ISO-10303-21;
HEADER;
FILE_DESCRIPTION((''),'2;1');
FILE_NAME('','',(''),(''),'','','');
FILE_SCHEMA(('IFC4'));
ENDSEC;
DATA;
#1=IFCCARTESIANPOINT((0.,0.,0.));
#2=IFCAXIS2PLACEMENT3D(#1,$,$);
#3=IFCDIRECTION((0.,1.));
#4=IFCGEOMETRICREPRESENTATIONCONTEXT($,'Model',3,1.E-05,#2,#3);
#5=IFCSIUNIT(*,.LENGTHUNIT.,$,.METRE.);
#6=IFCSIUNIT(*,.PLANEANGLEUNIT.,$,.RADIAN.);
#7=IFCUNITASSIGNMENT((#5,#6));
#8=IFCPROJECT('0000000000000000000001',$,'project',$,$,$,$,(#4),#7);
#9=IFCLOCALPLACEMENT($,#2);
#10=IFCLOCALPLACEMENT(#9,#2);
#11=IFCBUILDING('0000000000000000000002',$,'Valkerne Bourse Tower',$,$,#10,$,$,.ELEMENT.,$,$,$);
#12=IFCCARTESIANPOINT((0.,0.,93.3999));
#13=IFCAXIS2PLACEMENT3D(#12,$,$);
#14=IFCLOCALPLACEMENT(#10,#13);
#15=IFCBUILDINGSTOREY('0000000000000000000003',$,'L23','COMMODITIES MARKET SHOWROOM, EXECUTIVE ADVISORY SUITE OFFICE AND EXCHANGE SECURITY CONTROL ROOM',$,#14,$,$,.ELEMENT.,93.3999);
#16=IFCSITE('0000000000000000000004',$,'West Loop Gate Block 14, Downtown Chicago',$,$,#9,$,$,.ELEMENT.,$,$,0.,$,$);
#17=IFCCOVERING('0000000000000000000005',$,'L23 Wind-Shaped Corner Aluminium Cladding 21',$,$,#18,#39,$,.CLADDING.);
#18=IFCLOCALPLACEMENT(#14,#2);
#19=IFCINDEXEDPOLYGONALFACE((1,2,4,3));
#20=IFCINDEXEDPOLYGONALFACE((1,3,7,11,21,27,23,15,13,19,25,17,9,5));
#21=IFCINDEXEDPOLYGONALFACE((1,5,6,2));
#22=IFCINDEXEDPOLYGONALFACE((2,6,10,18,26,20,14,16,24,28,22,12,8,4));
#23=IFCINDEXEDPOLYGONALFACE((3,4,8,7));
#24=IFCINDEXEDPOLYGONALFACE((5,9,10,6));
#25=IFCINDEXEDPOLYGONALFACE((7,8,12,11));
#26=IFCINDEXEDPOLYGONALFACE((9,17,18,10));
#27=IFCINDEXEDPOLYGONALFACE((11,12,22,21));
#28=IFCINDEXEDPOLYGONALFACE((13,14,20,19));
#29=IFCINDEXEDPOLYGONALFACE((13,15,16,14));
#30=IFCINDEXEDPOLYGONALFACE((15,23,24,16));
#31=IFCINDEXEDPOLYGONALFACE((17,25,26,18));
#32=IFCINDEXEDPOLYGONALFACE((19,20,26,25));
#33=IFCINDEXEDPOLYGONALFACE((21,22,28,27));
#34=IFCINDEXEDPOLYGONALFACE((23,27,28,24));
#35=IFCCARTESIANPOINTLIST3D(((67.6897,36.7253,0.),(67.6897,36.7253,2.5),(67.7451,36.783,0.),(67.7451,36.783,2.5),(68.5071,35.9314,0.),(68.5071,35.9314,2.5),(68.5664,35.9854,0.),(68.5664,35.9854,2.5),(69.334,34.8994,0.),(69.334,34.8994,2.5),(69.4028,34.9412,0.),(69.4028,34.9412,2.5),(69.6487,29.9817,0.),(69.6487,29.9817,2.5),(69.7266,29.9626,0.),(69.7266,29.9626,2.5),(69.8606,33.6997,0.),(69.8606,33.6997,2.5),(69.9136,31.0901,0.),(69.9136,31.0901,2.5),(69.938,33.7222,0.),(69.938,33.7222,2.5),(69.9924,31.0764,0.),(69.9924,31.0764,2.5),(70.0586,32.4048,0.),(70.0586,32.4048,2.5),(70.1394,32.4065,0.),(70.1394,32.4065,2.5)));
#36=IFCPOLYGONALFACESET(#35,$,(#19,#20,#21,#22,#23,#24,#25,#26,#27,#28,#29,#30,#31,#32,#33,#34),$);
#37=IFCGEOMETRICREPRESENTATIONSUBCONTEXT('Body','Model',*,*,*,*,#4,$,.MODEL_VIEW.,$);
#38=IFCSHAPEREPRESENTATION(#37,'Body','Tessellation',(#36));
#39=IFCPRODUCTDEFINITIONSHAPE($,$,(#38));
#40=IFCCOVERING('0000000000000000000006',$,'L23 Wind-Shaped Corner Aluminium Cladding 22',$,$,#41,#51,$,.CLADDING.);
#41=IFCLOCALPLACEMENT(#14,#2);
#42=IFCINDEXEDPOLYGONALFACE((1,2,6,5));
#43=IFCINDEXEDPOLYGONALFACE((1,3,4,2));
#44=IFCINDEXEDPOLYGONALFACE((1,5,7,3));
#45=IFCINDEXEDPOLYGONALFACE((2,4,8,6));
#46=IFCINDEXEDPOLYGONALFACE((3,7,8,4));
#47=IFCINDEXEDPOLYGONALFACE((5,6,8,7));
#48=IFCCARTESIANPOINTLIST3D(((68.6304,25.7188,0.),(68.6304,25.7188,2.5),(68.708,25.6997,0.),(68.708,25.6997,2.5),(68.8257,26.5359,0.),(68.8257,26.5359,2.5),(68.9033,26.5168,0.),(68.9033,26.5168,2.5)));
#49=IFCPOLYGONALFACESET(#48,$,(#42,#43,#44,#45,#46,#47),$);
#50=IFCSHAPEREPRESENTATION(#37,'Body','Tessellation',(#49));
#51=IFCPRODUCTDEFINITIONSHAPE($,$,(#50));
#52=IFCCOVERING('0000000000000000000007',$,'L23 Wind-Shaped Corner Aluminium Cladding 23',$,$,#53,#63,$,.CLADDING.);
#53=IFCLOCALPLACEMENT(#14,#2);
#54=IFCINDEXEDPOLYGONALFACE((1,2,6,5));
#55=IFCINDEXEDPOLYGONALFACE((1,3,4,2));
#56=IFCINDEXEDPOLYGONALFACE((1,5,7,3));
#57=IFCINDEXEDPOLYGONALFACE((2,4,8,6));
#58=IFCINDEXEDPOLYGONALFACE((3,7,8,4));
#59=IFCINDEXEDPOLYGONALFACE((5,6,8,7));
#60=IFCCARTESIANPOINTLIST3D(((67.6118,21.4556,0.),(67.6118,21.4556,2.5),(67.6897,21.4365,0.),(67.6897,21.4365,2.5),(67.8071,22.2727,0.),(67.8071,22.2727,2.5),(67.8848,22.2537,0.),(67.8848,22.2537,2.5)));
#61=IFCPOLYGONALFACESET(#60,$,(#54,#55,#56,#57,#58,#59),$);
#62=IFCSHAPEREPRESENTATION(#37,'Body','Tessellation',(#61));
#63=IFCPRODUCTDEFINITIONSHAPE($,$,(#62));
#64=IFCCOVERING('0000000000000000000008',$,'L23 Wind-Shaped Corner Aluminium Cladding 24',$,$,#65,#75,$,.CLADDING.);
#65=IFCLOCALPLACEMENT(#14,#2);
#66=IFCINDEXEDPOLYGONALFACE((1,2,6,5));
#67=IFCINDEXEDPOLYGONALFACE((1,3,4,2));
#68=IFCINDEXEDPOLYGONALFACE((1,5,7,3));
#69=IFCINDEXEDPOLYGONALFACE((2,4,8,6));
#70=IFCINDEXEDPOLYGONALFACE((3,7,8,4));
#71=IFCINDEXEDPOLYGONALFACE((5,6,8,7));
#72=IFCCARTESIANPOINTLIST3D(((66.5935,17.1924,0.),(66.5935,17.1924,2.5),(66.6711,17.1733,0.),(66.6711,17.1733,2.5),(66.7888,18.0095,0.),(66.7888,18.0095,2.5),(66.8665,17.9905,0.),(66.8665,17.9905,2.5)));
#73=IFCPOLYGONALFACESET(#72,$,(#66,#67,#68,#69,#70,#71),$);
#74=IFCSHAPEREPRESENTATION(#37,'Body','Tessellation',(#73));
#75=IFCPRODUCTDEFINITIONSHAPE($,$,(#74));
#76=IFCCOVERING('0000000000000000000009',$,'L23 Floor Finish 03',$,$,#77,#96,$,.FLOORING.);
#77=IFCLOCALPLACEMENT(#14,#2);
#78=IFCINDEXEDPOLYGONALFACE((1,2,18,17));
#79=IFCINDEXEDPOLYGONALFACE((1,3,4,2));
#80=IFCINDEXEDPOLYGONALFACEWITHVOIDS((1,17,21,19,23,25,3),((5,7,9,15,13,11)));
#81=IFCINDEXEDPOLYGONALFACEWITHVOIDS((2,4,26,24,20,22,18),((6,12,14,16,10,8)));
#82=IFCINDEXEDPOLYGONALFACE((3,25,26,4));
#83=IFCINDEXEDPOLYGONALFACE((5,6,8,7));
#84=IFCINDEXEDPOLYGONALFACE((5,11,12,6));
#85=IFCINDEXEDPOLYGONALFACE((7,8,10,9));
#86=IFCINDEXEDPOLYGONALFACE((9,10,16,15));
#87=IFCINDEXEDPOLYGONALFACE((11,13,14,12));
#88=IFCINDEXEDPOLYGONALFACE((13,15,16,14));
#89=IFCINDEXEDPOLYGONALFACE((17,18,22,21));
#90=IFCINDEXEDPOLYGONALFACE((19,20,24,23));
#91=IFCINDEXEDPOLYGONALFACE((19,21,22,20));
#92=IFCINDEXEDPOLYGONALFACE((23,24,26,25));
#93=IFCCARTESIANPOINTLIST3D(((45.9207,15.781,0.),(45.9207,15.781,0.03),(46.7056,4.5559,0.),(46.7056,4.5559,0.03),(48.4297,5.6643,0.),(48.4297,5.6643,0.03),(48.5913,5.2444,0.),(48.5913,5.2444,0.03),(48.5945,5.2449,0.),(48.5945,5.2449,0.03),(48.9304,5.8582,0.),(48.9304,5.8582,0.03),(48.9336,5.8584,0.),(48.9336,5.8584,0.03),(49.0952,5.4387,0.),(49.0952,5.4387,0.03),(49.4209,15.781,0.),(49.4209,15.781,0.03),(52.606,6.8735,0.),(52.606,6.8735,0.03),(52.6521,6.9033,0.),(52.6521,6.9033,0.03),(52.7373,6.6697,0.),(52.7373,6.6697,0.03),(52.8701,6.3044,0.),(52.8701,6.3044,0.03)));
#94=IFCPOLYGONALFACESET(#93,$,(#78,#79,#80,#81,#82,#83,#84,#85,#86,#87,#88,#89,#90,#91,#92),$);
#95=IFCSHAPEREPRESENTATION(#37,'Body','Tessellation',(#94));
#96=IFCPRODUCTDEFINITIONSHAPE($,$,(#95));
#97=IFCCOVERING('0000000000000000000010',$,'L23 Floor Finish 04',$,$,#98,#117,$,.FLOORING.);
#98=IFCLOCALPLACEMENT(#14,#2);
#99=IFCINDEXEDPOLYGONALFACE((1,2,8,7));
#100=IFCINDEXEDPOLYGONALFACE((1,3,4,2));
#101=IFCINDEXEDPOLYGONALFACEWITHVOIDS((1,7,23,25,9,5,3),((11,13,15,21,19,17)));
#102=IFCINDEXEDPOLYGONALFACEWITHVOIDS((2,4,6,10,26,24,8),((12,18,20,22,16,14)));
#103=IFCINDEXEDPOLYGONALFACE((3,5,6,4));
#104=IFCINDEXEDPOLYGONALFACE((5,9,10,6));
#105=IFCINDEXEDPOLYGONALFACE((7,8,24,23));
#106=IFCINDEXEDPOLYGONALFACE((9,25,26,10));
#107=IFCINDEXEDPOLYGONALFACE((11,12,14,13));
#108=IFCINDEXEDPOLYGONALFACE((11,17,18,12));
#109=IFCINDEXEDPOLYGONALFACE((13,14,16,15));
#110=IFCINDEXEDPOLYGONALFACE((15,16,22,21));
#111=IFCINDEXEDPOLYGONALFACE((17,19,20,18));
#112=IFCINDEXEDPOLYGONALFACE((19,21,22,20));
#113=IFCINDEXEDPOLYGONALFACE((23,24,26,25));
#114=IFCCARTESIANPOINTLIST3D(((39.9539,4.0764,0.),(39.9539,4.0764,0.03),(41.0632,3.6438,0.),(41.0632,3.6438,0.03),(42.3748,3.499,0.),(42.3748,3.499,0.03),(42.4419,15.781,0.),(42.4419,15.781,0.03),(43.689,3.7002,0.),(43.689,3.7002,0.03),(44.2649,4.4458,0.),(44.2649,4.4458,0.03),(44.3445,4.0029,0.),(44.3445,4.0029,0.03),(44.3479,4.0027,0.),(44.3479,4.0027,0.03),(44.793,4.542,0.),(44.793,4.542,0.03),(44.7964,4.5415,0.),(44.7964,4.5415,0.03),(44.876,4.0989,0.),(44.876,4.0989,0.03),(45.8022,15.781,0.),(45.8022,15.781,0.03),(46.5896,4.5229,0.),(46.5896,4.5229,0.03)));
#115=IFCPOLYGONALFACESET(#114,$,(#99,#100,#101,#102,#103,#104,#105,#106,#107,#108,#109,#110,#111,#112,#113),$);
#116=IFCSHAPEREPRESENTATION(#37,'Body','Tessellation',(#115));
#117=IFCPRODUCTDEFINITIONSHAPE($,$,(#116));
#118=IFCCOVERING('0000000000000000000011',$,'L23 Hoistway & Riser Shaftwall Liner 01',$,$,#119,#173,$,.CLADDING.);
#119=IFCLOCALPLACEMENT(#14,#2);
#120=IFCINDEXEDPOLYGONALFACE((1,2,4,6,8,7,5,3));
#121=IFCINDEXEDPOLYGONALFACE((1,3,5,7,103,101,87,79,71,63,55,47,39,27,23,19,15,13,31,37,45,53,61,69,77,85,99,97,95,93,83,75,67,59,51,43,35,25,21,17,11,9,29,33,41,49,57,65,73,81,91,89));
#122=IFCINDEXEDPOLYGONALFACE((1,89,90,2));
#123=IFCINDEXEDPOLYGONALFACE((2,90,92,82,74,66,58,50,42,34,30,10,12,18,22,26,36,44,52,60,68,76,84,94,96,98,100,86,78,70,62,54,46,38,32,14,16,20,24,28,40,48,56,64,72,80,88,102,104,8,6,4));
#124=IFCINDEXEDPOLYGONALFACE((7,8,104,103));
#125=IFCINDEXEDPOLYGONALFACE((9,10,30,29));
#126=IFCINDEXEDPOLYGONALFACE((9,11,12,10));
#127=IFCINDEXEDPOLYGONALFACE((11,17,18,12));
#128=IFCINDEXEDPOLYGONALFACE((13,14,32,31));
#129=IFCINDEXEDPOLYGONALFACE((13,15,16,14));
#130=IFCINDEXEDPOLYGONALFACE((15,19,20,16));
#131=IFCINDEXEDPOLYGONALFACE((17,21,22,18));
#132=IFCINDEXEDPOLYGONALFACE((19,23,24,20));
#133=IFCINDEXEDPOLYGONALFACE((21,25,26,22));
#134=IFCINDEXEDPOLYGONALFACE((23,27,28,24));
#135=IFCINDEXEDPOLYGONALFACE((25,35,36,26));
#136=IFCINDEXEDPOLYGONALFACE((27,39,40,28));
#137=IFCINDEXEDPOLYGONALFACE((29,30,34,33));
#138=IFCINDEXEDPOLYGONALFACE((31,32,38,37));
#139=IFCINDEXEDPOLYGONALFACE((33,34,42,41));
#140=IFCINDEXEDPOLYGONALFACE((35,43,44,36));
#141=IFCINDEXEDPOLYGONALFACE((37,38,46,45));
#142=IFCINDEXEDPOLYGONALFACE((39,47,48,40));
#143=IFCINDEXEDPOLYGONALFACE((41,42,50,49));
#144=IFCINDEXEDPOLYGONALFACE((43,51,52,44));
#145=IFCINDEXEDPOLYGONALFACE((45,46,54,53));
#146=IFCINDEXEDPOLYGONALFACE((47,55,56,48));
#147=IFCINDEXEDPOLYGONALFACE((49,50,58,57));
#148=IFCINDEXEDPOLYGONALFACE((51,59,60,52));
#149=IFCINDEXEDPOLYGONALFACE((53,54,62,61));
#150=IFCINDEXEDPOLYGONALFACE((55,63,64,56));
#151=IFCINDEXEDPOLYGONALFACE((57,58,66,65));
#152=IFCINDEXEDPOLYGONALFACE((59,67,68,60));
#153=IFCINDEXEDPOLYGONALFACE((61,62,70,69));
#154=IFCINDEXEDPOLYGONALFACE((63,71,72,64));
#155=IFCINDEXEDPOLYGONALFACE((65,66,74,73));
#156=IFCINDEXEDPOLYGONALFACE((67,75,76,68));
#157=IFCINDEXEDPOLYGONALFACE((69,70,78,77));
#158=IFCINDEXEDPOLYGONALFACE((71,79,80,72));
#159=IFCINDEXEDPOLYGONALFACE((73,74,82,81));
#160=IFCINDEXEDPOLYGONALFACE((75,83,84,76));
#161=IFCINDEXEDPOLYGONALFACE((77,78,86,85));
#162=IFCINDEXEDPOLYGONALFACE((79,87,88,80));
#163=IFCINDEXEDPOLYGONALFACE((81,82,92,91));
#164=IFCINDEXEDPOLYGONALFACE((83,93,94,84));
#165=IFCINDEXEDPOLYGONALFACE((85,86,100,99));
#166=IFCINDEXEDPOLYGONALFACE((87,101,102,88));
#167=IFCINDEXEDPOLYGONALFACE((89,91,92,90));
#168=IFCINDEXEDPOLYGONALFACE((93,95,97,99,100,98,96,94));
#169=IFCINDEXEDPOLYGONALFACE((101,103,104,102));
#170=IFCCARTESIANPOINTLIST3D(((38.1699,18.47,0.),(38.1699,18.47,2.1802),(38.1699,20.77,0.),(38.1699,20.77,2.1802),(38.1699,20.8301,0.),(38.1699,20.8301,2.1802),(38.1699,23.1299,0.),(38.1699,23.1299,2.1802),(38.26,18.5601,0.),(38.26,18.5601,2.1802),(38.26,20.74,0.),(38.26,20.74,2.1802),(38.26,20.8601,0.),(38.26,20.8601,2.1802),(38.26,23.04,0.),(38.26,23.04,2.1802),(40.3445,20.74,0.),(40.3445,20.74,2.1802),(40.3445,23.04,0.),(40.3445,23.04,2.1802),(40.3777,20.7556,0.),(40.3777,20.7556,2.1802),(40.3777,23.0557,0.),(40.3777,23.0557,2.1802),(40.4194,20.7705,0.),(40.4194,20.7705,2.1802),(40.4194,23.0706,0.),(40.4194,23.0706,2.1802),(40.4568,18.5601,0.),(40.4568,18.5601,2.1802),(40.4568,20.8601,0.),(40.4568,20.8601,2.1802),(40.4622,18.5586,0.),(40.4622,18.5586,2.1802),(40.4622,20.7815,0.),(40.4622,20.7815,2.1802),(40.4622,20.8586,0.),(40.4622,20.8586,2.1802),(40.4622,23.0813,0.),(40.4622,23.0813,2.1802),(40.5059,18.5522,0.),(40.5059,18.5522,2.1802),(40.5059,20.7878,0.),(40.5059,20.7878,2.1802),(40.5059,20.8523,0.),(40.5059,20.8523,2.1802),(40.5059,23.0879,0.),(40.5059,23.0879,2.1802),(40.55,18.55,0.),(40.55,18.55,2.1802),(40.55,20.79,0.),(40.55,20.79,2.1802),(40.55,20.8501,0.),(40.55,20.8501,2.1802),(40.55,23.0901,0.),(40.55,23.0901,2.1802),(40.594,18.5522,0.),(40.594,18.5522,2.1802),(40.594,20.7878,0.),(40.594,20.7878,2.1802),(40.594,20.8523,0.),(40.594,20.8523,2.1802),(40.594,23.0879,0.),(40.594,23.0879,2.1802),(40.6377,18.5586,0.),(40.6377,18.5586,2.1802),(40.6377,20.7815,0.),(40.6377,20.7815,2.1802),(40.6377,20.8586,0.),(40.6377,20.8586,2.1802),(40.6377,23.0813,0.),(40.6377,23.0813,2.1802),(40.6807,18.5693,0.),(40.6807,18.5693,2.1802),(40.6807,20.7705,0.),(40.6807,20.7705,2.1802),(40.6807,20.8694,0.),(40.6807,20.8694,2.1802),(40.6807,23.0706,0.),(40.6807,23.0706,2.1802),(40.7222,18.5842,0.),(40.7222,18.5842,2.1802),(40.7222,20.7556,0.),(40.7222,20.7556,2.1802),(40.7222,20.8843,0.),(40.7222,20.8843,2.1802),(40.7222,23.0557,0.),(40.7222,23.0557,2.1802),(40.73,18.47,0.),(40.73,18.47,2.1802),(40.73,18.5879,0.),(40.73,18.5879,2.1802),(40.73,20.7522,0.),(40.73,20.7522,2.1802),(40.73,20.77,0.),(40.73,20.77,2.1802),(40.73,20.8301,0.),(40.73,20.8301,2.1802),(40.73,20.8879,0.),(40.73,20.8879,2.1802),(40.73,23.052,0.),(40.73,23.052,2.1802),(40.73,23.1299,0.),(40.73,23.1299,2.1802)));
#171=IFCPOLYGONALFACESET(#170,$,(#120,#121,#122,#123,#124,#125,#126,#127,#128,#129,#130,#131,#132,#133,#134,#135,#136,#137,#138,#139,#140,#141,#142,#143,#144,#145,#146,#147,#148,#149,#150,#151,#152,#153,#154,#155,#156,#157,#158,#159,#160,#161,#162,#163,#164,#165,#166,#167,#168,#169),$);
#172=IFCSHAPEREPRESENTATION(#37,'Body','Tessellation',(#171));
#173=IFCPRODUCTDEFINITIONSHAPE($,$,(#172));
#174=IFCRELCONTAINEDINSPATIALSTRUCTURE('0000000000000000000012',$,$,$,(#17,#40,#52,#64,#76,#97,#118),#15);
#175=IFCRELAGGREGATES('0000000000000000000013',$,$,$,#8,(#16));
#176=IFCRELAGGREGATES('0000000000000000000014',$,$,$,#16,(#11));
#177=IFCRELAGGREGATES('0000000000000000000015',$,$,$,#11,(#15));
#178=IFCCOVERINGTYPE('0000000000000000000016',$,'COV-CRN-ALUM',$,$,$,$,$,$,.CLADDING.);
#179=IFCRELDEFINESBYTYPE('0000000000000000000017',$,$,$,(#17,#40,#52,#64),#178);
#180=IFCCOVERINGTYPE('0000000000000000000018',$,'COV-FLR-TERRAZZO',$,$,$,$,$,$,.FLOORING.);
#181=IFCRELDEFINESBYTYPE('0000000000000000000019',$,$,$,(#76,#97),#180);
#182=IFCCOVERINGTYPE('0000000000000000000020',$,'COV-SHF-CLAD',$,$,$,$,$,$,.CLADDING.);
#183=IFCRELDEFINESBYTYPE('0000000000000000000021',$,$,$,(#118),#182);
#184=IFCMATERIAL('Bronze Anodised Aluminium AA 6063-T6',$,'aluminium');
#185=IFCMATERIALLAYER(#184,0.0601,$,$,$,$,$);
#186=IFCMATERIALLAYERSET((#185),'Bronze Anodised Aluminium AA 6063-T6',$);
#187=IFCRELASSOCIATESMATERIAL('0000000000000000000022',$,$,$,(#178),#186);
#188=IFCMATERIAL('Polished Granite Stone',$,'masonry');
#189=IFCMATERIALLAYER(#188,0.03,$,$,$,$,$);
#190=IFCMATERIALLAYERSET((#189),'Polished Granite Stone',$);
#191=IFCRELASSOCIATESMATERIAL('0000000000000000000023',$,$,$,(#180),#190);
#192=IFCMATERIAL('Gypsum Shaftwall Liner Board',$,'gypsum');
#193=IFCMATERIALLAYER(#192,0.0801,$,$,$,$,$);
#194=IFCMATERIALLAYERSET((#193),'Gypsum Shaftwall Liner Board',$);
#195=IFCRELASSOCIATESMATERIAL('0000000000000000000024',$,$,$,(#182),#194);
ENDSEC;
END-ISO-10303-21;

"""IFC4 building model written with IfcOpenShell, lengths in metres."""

from ifc_helpers import new_model, si_unit, direction, frame, origin, place, context, subcontext, project, spatial, polyline, outline, extrude, material, layer, layer_set, type_object, element, save


model = new_model("IFC4")

# Units and contexts
model_context = context("Model", 3, precision=1e-05, world=origin(), true_north=direction((0.0, 1.0)))
body_context = subcontext(model_context, "Body", "Model", "MODEL_VIEW")
ifc_project = project(units=[si_unit("LENGTHUNIT", "METRE"), si_unit("PLANEANGLEUNIT", "RADIAN")], contexts=[model_context])

# Site, building, storey
site_placement = place(None, origin())
site = spatial("IfcSite", under=ifc_project, at=site_placement, Name="West Loop Gate Block 14, Downtown Chicago", CompositionType="ELEMENT", RefElevation=0.0)
building_placement = place(site_placement, origin())
building = spatial("IfcBuilding", under=site, at=building_placement, Name="Valkerne Bourse Tower", CompositionType="ELEMENT")
storey_placement = place(building_placement, frame((0.0, 0.0, 93.3999)))
storey = spatial("IfcBuildingStorey", under=building, at=storey_placement, Name="L23", Description="COMMODITIES MARKET SHOWROOM, EXECUTIVE ADVISORY SUITE OFFICE AND EXCHANGE SECURITY CONTROL ROOM", CompositionType="ELEMENT", Elevation=93.3999)

# Coverings
ifc_material_1 = material(Name="Bronze Anodised Aluminium AA 6063-T6", Category="aluminium")
ifc_layer_1 = layer(ifc_material_1, 0.0601)
ifc_layer_set_1 = layer_set([ifc_layer_1], Name="Bronze Anodised Aluminium AA 6063-T6")
covering_type_1 = type_object("IfcCoveringType", Name="COV-CRN-ALUM", PredefinedType="CLADDING", material=ifc_layer_set_1)
covering_1_placement = place(storey_placement, origin())
element("IfcCovering", 1, at=covering_1_placement, inside=storey, type_object=covering_type_1, Name="L23 Wind-Shaped Corner Aluminium Cladding 21", PredefinedType="CLADDING", context=body_context, shape_type="SweptSolid", body=[
    extrude(outline(polyline([(68.5664, 35.9854), (69.4028, 34.9412), (69.938, 33.7222), (70.1394, 32.4065), (69.9924, 31.0764), (69.7266, 29.9626), (69.6487, 29.9817), (69.9136, 31.0901), (70.0586, 32.4048), (69.8606, 33.6997), (69.334, 34.8994), (68.5071, 35.9314), (67.6897, 36.7253), (67.7451, 36.783), (68.5664, 35.9854)])), origin(), (0.0, 0.0, 1.0), 2.5),
])
covering_2_placement = place(storey_placement, origin())
element("IfcCovering", 2, at=covering_2_placement, inside=storey, type_object=covering_type_1, Name="L23 Wind-Shaped Corner Aluminium Cladding 22", PredefinedType="CLADDING", context=body_context, shape_type="SweptSolid", body=[
    extrude(outline(polyline([(68.708, 25.6997), (68.6304, 25.7188), (68.8257, 26.5359), (68.9033, 26.5168), (68.708, 25.6997)])), origin(), (0.0, 0.0, 1.0), 2.5),
])
covering_3_placement = place(storey_placement, origin())
element("IfcCovering", 3, at=covering_3_placement, inside=storey, type_object=covering_type_1, Name="L23 Wind-Shaped Corner Aluminium Cladding 23", PredefinedType="CLADDING", context=body_context, shape_type="SweptSolid", body=[
    extrude(outline(polyline([(67.6897, 21.4365), (67.6118, 21.4556), (67.8071, 22.2727), (67.8848, 22.2537), (67.6897, 21.4365)])), origin(), (0.0, 0.0, 1.0), 2.5),
])
covering_4_placement = place(storey_placement, origin())
element("IfcCovering", 4, at=covering_4_placement, inside=storey, type_object=covering_type_1, Name="L23 Wind-Shaped Corner Aluminium Cladding 24", PredefinedType="CLADDING", context=body_context, shape_type="SweptSolid", body=[
    extrude(outline(polyline([(66.6711, 17.1733), (66.5935, 17.1924), (66.7888, 18.0095), (66.8665, 17.9905), (66.6711, 17.1733)])), origin(), (0.0, 0.0, 1.0), 2.5),
])
ifc_material_2 = material(Name="Polished Granite Stone", Category="masonry")
ifc_layer_2 = layer(ifc_material_2, 0.03)
ifc_layer_set_2 = layer_set([ifc_layer_2], Name="Polished Granite Stone")
covering_type_2 = type_object("IfcCoveringType", Name="COV-FLR-TERRAZZO", PredefinedType="FLOORING", material=ifc_layer_set_2)
covering_5_placement = place(storey_placement, origin())
element("IfcCovering", 5, at=covering_5_placement, inside=storey, type_object=covering_type_2, Name="L23 Floor Finish 03", PredefinedType="FLOORING", context=body_context, shape_type="SweptSolid", body=[
    extrude(outline(polyline([(49.4209, 15.781), (52.6521, 6.9033), (52.606, 6.8735), (52.7373, 6.6697), (52.8701, 6.3044), (46.7056, 4.5559), (45.9207, 15.781), (49.4209, 15.781)]), holes=[polyline([(49.0952, 5.4387), (48.9336, 5.8584), (48.9304, 5.8582), (48.4297, 5.6643), (48.5913, 5.2444), (48.5945, 5.2449), (49.0952, 5.4387)])]), origin(), (0.0, 0.0, 1.0), 0.03),
])
covering_6_placement = place(storey_placement, origin())
element("IfcCovering", 6, at=covering_6_placement, inside=storey, type_object=covering_type_2, Name="L23 Floor Finish 04", PredefinedType="FLOORING", context=body_context, shape_type="SweptSolid", body=[
    extrude(outline(polyline([(41.0632, 3.6438), (39.9539, 4.0764), (42.4419, 15.781), (45.8022, 15.781), (46.5896, 4.5229), (43.689, 3.7002), (42.3748, 3.499), (41.0632, 3.6438)]), holes=[polyline([(44.876, 4.0989), (44.7964, 4.5415), (44.793, 4.542), (44.2649, 4.4458), (44.3445, 4.0029), (44.3479, 4.0027), (44.876, 4.0989)])]), origin(), (0.0, 0.0, 1.0), 0.03),
])
ifc_material_3 = material(Name="Gypsum Shaftwall Liner Board", Category="gypsum")
ifc_layer_3 = layer(ifc_material_3, 0.0801)
ifc_layer_set_3 = layer_set([ifc_layer_3], Name="Gypsum Shaftwall Liner Board")
covering_type_3 = type_object("IfcCoveringType", Name="COV-SHF-CLAD", PredefinedType="CLADDING", material=ifc_layer_set_3)
covering_7_placement = place(storey_placement, origin())
element("IfcCovering", 7, at=covering_7_placement, inside=storey, type_object=covering_type_3, Name="L23 Hoistway & Riser Shaftwall Liner 01", PredefinedType="CLADDING", context=body_context, shape_type="SweptSolid", body=[
    extrude(outline(polyline([(38.1699, 23.1299), (40.73, 23.1299), (40.73, 23.052), (40.7222, 23.0557), (40.6807, 23.0706), (40.6377, 23.0813), (40.594, 23.0879), (40.55, 23.0901), (40.5059, 23.0879), (40.4622, 23.0813), (40.4194, 23.0706), (40.3777, 23.0557), (40.3445, 23.04), (38.26, 23.04), (38.26, 20.8601), (40.4568, 20.8601), (40.4622, 20.8586), (40.5059, 20.8523), (40.55, 20.8501), (40.594, 20.8523), (40.6377, 20.8586), (40.6807, 20.8694), (40.7222, 20.8843), (40.73, 20.8879), (40.73, 20.8301), (40.73, 20.77), (40.73, 20.7522), (40.7222, 20.7556), (40.6807, 20.7705), (40.6377, 20.7815), (40.594, 20.7878), (40.55, 20.79), (40.5059, 20.7878), (40.4622, 20.7815), (40.4194, 20.7705), (40.3777, 20.7556), (40.3445, 20.74), (38.26, 20.74), (38.26, 18.5601), (40.4568, 18.5601), (40.4622, 18.5586), (40.5059, 18.5522), (40.55, 18.55), (40.594, 18.5522), (40.6377, 18.5586), (40.6807, 18.5693), (40.7222, 18.5842), (40.73, 18.5879), (40.73, 18.47), (38.1699, 18.47), (38.1699, 20.77), (38.1699, 20.8301), (38.1699, 23.1299)])), origin(), (0.0, 0.0, 1.0), 2.1802),
])

save(model, "model.ifc")
